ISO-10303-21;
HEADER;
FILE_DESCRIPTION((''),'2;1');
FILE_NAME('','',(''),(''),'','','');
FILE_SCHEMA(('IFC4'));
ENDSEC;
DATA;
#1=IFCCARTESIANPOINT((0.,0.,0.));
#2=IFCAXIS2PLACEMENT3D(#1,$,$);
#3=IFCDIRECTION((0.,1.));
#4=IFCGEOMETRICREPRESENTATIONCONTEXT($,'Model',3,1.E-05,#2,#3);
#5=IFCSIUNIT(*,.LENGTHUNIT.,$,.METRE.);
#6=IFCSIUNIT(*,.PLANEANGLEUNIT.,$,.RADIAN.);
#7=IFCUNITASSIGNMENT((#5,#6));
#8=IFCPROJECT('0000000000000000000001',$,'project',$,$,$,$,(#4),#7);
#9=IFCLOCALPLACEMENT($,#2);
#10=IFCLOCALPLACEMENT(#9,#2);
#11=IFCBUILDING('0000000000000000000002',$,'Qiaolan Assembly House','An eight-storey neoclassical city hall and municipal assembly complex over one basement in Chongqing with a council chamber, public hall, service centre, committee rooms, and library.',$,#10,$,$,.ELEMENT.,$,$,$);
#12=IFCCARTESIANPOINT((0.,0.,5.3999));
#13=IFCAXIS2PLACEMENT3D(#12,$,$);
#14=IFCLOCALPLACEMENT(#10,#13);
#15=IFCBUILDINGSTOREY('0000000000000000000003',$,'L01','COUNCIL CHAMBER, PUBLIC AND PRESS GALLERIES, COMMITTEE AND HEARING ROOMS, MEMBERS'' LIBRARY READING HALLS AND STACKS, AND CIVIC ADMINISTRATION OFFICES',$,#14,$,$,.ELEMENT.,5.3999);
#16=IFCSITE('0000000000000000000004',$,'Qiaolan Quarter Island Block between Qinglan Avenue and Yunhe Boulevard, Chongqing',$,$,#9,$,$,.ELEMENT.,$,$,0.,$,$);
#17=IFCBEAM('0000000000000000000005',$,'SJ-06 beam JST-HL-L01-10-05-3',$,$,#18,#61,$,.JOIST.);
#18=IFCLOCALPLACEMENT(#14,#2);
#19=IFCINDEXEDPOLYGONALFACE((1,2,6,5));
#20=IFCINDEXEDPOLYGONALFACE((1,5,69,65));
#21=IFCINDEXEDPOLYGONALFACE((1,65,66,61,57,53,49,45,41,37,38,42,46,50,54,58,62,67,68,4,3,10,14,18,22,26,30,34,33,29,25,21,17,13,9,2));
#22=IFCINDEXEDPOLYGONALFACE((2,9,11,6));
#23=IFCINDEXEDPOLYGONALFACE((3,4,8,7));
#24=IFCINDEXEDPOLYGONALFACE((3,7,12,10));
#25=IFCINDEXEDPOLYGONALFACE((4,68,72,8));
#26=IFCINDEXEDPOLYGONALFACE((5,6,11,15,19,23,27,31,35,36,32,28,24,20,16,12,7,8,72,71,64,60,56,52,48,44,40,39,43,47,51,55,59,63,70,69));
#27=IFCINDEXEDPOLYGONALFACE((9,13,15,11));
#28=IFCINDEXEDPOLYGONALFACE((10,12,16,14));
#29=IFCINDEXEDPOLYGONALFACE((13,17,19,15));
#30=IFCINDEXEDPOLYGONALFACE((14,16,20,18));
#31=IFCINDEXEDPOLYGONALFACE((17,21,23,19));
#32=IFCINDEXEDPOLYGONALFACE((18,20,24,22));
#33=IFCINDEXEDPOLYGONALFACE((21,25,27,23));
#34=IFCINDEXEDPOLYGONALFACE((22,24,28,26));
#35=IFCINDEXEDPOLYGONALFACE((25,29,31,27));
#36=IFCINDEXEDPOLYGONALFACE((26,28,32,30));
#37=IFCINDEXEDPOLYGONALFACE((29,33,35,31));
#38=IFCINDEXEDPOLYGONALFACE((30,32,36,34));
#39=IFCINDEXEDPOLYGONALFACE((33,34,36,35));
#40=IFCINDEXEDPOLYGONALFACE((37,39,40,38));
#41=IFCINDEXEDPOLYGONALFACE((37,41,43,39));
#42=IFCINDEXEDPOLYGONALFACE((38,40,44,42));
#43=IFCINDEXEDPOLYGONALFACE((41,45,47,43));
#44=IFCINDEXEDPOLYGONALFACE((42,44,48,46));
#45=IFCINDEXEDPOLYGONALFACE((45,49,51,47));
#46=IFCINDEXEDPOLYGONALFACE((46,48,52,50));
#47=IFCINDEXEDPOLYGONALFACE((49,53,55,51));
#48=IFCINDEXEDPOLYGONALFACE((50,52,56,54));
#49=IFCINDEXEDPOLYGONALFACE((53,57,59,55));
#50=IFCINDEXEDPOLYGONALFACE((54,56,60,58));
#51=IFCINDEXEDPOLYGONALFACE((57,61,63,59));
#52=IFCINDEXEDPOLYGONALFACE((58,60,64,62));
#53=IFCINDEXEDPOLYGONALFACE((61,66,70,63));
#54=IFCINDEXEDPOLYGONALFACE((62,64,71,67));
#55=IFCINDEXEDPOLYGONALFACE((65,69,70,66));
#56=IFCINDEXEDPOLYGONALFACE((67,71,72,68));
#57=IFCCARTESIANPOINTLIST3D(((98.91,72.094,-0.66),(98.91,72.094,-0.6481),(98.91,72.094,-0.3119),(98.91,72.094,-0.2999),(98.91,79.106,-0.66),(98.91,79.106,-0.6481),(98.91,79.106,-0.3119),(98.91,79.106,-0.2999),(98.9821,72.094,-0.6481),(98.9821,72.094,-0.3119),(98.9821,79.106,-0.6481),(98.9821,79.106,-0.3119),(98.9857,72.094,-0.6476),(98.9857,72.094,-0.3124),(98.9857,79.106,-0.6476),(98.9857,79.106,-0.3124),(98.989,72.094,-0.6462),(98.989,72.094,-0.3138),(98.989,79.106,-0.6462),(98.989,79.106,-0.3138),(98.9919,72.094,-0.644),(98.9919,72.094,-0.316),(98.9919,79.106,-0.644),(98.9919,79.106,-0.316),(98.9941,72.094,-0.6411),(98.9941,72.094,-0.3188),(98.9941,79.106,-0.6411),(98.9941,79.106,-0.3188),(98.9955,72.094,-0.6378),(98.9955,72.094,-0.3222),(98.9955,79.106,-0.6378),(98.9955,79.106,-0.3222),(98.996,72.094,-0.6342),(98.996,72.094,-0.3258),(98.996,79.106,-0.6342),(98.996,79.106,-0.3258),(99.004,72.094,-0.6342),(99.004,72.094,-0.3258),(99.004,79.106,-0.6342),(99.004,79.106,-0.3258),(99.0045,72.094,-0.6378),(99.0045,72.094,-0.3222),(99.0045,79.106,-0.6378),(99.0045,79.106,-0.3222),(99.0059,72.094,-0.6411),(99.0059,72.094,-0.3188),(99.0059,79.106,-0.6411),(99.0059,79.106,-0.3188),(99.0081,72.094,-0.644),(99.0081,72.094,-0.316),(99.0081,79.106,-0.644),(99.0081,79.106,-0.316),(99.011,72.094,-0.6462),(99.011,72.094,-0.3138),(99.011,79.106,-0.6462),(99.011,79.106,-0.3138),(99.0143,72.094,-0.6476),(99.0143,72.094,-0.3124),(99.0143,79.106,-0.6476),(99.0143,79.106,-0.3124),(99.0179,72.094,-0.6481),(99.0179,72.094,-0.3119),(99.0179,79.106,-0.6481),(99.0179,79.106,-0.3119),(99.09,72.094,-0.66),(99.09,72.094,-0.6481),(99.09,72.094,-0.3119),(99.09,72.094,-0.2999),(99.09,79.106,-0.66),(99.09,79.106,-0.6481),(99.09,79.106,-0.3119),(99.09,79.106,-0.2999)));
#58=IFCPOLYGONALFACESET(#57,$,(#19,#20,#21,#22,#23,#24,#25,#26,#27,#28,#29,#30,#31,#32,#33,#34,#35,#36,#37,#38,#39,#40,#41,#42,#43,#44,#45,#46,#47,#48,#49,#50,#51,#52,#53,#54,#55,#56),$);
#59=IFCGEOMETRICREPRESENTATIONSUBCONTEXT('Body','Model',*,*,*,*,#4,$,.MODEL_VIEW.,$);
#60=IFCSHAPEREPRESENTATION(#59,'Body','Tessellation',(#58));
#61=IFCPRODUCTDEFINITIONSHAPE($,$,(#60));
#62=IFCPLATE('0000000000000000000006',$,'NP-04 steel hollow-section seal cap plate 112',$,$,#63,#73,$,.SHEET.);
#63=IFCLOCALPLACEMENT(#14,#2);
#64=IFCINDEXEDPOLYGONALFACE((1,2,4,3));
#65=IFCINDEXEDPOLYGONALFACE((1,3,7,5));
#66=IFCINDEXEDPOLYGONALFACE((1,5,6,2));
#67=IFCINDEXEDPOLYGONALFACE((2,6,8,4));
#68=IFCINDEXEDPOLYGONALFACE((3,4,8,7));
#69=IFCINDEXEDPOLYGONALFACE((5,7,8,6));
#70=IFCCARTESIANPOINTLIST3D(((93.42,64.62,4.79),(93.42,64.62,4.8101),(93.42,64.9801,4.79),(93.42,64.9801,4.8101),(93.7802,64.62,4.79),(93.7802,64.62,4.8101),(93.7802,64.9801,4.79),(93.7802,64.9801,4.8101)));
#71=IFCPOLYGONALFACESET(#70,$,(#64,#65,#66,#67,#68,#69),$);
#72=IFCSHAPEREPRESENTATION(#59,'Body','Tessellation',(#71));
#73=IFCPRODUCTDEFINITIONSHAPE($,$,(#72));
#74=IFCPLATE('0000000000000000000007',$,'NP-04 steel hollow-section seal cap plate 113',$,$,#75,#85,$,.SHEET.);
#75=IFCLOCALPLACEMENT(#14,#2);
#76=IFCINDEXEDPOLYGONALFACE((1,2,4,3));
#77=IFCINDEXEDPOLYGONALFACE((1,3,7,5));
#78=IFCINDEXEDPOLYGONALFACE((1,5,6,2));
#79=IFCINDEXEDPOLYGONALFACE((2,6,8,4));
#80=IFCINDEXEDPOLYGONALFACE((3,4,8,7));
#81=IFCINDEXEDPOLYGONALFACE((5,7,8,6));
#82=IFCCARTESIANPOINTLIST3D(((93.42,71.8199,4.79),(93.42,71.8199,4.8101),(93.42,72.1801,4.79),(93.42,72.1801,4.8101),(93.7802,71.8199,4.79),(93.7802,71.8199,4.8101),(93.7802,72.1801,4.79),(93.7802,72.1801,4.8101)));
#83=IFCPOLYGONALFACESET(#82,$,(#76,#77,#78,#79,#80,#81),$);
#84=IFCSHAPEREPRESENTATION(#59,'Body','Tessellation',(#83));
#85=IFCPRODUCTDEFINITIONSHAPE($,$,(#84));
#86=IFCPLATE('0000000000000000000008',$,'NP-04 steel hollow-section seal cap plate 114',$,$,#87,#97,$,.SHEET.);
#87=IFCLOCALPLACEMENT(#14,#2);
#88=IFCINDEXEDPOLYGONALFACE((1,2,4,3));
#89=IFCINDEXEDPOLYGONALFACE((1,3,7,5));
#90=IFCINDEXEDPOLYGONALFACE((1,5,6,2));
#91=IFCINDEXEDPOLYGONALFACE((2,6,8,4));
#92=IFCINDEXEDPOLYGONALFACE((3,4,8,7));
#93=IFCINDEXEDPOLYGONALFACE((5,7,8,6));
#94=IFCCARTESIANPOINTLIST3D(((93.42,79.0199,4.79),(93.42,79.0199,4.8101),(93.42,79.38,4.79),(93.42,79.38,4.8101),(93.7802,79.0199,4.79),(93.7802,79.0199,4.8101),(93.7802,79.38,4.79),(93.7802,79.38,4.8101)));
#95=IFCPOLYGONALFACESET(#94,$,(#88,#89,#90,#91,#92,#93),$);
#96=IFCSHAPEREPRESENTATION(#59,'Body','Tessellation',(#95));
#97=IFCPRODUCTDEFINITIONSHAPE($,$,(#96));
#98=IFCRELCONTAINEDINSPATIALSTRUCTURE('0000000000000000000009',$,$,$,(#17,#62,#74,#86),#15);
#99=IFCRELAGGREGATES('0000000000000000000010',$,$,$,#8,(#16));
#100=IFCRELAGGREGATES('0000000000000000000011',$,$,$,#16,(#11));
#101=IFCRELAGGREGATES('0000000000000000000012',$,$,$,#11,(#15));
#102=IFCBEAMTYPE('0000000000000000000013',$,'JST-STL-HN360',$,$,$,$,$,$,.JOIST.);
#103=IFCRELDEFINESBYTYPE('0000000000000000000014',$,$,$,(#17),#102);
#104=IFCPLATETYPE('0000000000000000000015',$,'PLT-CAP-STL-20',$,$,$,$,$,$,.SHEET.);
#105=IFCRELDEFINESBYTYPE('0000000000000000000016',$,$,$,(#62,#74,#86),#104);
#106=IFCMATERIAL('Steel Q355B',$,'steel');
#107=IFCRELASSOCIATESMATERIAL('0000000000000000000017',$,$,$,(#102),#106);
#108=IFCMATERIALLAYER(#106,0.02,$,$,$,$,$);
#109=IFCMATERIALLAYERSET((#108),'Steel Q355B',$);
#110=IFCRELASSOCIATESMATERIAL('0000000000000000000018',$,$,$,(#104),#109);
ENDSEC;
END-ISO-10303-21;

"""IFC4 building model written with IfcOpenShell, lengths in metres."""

from ifc_helpers import new_model, si_unit, direction, frame, origin, origin_2d, place, context, subcontext, project, spatial, rectangle, i_section, extrude, material, layer, layer_set, material_profile, profile_set, type_object, element, save


model = new_model("IFC4")

# Units and contexts
model_context = context("Model", 3, precision=1e-05, world=origin(), true_north=direction((0.0, 1.0)))
body_context = subcontext(model_context, "Body", "Model", "MODEL_VIEW")
ifc_project = project(units=[si_unit("LENGTHUNIT", "METRE"), si_unit("PLANEANGLEUNIT", "RADIAN")], contexts=[model_context])

# Site, building, storey
site_placement = place(None, origin())
site = spatial("IfcSite", under=ifc_project, at=site_placement, Name="Qiaolan Quarter Island Block between Qinglan Avenue and Yunhe Boulevard, Chongqing", CompositionType="ELEMENT", RefElevation=0.0)
building_placement = place(site_placement, origin())
building = spatial("IfcBuilding", under=site, at=building_placement, Name="Qiaolan Assembly House", Description="An eight-storey neoclassical city hall and municipal assembly complex over one basement in Chongqing with a council chamber, public hall, service centre, committee rooms, and library.", CompositionType="ELEMENT")
storey_placement = place(building_placement, frame((0.0, 0.0, 5.3999)))
storey = spatial("IfcBuildingStorey", under=building, at=storey_placement, Name="L01", Description="COUNCIL CHAMBER, PUBLIC AND PRESS GALLERIES, COMMITTEE AND HEARING ROOMS, MEMBERS' LIBRARY READING HALLS AND STACKS, AND CIVIC ADMINISTRATION OFFICES", CompositionType="ELEMENT", Elevation=5.3999)

# Shared definitions
ifc_material_1 = material(Name="Steel Q355B", Category="steel")

# Beam
ifc_material_profile_1 = material_profile(ifc_material_1, i_section(OverallWidth=0.1799, OverallDepth=0.3601, WebThickness=0.0081, FlangeThickness=0.012, FilletRadius=0.0139, at=origin_2d()), Name="HN 360x180x8x12")
ifc_profile_set_1 = profile_set([ifc_material_profile_1], Name="Steel Q355B")
beam_type_1 = type_object("IfcBeamType", Name="JST-STL-HN360", PredefinedType="JOIST", material=ifc_profile_set_1)
for number, where, z_axis, x_axis, name in (
    (1, (99.0, 72.094, -0.48), (0.0, 1.0, 0.0), (-1.0, 0.0, 0.0), "SJ-06 beam JST-HL-L01-10-05-3"),
):
    element("IfcBeam", number, at=place(storey_placement, frame(where, z_axis=z_axis, x_axis=x_axis)), inside=storey, type_object=beam_type_1, Name=name, PredefinedType="JOIST", context=body_context, shape_type="SweptSolid", body=[
        extrude(i_section(OverallWidth=0.1799, OverallDepth=0.3601, WebThickness=0.0081, FlangeThickness=0.012, FilletRadius=0.0139, at=origin_2d()), origin(), (0.0, 0.0, 1.0), 7.012),
    ])

# Plates
ifc_layer = layer(ifc_material_1, 0.02)
ifc_layer_set = layer_set([ifc_layer], Name="Steel Q355B")
plate_type = type_object("IfcPlateType", Name="PLT-CAP-STL-20", PredefinedType="SHEET", material=ifc_layer_set)
for number, where, z_axis, x_axis, name in (
    (2, (93.6001, 64.8, 4.79), (0.0, 0.0, 1.0), (1.0, 0.0, 0.0), "NP-04 steel hollow-section seal cap plate 112"),
    (3, (93.6001, 72.0, 4.79), (0.0, 0.0, 1.0), (1.0, 0.0, 0.0), "NP-04 steel hollow-section seal cap plate 113"),
    (4, (93.6001, 79.2, 4.79), (0.0, 0.0, 1.0), (1.0, 0.0, 0.0), "NP-04 steel hollow-section seal cap plate 114"),
):
    element("IfcPlate", number, at=place(storey_placement, frame(where, z_axis=z_axis, x_axis=x_axis)), inside=storey, type_object=plate_type, Name=name, PredefinedType="SHEET", context=body_context, shape_type="SweptSolid", body=[
        extrude(rectangle(XDim=0.3601, YDim=0.3601, at=origin_2d()), origin(), (0.0, 0.0, 1.0), 0.02),
    ])

save(model, "model.ifc")
